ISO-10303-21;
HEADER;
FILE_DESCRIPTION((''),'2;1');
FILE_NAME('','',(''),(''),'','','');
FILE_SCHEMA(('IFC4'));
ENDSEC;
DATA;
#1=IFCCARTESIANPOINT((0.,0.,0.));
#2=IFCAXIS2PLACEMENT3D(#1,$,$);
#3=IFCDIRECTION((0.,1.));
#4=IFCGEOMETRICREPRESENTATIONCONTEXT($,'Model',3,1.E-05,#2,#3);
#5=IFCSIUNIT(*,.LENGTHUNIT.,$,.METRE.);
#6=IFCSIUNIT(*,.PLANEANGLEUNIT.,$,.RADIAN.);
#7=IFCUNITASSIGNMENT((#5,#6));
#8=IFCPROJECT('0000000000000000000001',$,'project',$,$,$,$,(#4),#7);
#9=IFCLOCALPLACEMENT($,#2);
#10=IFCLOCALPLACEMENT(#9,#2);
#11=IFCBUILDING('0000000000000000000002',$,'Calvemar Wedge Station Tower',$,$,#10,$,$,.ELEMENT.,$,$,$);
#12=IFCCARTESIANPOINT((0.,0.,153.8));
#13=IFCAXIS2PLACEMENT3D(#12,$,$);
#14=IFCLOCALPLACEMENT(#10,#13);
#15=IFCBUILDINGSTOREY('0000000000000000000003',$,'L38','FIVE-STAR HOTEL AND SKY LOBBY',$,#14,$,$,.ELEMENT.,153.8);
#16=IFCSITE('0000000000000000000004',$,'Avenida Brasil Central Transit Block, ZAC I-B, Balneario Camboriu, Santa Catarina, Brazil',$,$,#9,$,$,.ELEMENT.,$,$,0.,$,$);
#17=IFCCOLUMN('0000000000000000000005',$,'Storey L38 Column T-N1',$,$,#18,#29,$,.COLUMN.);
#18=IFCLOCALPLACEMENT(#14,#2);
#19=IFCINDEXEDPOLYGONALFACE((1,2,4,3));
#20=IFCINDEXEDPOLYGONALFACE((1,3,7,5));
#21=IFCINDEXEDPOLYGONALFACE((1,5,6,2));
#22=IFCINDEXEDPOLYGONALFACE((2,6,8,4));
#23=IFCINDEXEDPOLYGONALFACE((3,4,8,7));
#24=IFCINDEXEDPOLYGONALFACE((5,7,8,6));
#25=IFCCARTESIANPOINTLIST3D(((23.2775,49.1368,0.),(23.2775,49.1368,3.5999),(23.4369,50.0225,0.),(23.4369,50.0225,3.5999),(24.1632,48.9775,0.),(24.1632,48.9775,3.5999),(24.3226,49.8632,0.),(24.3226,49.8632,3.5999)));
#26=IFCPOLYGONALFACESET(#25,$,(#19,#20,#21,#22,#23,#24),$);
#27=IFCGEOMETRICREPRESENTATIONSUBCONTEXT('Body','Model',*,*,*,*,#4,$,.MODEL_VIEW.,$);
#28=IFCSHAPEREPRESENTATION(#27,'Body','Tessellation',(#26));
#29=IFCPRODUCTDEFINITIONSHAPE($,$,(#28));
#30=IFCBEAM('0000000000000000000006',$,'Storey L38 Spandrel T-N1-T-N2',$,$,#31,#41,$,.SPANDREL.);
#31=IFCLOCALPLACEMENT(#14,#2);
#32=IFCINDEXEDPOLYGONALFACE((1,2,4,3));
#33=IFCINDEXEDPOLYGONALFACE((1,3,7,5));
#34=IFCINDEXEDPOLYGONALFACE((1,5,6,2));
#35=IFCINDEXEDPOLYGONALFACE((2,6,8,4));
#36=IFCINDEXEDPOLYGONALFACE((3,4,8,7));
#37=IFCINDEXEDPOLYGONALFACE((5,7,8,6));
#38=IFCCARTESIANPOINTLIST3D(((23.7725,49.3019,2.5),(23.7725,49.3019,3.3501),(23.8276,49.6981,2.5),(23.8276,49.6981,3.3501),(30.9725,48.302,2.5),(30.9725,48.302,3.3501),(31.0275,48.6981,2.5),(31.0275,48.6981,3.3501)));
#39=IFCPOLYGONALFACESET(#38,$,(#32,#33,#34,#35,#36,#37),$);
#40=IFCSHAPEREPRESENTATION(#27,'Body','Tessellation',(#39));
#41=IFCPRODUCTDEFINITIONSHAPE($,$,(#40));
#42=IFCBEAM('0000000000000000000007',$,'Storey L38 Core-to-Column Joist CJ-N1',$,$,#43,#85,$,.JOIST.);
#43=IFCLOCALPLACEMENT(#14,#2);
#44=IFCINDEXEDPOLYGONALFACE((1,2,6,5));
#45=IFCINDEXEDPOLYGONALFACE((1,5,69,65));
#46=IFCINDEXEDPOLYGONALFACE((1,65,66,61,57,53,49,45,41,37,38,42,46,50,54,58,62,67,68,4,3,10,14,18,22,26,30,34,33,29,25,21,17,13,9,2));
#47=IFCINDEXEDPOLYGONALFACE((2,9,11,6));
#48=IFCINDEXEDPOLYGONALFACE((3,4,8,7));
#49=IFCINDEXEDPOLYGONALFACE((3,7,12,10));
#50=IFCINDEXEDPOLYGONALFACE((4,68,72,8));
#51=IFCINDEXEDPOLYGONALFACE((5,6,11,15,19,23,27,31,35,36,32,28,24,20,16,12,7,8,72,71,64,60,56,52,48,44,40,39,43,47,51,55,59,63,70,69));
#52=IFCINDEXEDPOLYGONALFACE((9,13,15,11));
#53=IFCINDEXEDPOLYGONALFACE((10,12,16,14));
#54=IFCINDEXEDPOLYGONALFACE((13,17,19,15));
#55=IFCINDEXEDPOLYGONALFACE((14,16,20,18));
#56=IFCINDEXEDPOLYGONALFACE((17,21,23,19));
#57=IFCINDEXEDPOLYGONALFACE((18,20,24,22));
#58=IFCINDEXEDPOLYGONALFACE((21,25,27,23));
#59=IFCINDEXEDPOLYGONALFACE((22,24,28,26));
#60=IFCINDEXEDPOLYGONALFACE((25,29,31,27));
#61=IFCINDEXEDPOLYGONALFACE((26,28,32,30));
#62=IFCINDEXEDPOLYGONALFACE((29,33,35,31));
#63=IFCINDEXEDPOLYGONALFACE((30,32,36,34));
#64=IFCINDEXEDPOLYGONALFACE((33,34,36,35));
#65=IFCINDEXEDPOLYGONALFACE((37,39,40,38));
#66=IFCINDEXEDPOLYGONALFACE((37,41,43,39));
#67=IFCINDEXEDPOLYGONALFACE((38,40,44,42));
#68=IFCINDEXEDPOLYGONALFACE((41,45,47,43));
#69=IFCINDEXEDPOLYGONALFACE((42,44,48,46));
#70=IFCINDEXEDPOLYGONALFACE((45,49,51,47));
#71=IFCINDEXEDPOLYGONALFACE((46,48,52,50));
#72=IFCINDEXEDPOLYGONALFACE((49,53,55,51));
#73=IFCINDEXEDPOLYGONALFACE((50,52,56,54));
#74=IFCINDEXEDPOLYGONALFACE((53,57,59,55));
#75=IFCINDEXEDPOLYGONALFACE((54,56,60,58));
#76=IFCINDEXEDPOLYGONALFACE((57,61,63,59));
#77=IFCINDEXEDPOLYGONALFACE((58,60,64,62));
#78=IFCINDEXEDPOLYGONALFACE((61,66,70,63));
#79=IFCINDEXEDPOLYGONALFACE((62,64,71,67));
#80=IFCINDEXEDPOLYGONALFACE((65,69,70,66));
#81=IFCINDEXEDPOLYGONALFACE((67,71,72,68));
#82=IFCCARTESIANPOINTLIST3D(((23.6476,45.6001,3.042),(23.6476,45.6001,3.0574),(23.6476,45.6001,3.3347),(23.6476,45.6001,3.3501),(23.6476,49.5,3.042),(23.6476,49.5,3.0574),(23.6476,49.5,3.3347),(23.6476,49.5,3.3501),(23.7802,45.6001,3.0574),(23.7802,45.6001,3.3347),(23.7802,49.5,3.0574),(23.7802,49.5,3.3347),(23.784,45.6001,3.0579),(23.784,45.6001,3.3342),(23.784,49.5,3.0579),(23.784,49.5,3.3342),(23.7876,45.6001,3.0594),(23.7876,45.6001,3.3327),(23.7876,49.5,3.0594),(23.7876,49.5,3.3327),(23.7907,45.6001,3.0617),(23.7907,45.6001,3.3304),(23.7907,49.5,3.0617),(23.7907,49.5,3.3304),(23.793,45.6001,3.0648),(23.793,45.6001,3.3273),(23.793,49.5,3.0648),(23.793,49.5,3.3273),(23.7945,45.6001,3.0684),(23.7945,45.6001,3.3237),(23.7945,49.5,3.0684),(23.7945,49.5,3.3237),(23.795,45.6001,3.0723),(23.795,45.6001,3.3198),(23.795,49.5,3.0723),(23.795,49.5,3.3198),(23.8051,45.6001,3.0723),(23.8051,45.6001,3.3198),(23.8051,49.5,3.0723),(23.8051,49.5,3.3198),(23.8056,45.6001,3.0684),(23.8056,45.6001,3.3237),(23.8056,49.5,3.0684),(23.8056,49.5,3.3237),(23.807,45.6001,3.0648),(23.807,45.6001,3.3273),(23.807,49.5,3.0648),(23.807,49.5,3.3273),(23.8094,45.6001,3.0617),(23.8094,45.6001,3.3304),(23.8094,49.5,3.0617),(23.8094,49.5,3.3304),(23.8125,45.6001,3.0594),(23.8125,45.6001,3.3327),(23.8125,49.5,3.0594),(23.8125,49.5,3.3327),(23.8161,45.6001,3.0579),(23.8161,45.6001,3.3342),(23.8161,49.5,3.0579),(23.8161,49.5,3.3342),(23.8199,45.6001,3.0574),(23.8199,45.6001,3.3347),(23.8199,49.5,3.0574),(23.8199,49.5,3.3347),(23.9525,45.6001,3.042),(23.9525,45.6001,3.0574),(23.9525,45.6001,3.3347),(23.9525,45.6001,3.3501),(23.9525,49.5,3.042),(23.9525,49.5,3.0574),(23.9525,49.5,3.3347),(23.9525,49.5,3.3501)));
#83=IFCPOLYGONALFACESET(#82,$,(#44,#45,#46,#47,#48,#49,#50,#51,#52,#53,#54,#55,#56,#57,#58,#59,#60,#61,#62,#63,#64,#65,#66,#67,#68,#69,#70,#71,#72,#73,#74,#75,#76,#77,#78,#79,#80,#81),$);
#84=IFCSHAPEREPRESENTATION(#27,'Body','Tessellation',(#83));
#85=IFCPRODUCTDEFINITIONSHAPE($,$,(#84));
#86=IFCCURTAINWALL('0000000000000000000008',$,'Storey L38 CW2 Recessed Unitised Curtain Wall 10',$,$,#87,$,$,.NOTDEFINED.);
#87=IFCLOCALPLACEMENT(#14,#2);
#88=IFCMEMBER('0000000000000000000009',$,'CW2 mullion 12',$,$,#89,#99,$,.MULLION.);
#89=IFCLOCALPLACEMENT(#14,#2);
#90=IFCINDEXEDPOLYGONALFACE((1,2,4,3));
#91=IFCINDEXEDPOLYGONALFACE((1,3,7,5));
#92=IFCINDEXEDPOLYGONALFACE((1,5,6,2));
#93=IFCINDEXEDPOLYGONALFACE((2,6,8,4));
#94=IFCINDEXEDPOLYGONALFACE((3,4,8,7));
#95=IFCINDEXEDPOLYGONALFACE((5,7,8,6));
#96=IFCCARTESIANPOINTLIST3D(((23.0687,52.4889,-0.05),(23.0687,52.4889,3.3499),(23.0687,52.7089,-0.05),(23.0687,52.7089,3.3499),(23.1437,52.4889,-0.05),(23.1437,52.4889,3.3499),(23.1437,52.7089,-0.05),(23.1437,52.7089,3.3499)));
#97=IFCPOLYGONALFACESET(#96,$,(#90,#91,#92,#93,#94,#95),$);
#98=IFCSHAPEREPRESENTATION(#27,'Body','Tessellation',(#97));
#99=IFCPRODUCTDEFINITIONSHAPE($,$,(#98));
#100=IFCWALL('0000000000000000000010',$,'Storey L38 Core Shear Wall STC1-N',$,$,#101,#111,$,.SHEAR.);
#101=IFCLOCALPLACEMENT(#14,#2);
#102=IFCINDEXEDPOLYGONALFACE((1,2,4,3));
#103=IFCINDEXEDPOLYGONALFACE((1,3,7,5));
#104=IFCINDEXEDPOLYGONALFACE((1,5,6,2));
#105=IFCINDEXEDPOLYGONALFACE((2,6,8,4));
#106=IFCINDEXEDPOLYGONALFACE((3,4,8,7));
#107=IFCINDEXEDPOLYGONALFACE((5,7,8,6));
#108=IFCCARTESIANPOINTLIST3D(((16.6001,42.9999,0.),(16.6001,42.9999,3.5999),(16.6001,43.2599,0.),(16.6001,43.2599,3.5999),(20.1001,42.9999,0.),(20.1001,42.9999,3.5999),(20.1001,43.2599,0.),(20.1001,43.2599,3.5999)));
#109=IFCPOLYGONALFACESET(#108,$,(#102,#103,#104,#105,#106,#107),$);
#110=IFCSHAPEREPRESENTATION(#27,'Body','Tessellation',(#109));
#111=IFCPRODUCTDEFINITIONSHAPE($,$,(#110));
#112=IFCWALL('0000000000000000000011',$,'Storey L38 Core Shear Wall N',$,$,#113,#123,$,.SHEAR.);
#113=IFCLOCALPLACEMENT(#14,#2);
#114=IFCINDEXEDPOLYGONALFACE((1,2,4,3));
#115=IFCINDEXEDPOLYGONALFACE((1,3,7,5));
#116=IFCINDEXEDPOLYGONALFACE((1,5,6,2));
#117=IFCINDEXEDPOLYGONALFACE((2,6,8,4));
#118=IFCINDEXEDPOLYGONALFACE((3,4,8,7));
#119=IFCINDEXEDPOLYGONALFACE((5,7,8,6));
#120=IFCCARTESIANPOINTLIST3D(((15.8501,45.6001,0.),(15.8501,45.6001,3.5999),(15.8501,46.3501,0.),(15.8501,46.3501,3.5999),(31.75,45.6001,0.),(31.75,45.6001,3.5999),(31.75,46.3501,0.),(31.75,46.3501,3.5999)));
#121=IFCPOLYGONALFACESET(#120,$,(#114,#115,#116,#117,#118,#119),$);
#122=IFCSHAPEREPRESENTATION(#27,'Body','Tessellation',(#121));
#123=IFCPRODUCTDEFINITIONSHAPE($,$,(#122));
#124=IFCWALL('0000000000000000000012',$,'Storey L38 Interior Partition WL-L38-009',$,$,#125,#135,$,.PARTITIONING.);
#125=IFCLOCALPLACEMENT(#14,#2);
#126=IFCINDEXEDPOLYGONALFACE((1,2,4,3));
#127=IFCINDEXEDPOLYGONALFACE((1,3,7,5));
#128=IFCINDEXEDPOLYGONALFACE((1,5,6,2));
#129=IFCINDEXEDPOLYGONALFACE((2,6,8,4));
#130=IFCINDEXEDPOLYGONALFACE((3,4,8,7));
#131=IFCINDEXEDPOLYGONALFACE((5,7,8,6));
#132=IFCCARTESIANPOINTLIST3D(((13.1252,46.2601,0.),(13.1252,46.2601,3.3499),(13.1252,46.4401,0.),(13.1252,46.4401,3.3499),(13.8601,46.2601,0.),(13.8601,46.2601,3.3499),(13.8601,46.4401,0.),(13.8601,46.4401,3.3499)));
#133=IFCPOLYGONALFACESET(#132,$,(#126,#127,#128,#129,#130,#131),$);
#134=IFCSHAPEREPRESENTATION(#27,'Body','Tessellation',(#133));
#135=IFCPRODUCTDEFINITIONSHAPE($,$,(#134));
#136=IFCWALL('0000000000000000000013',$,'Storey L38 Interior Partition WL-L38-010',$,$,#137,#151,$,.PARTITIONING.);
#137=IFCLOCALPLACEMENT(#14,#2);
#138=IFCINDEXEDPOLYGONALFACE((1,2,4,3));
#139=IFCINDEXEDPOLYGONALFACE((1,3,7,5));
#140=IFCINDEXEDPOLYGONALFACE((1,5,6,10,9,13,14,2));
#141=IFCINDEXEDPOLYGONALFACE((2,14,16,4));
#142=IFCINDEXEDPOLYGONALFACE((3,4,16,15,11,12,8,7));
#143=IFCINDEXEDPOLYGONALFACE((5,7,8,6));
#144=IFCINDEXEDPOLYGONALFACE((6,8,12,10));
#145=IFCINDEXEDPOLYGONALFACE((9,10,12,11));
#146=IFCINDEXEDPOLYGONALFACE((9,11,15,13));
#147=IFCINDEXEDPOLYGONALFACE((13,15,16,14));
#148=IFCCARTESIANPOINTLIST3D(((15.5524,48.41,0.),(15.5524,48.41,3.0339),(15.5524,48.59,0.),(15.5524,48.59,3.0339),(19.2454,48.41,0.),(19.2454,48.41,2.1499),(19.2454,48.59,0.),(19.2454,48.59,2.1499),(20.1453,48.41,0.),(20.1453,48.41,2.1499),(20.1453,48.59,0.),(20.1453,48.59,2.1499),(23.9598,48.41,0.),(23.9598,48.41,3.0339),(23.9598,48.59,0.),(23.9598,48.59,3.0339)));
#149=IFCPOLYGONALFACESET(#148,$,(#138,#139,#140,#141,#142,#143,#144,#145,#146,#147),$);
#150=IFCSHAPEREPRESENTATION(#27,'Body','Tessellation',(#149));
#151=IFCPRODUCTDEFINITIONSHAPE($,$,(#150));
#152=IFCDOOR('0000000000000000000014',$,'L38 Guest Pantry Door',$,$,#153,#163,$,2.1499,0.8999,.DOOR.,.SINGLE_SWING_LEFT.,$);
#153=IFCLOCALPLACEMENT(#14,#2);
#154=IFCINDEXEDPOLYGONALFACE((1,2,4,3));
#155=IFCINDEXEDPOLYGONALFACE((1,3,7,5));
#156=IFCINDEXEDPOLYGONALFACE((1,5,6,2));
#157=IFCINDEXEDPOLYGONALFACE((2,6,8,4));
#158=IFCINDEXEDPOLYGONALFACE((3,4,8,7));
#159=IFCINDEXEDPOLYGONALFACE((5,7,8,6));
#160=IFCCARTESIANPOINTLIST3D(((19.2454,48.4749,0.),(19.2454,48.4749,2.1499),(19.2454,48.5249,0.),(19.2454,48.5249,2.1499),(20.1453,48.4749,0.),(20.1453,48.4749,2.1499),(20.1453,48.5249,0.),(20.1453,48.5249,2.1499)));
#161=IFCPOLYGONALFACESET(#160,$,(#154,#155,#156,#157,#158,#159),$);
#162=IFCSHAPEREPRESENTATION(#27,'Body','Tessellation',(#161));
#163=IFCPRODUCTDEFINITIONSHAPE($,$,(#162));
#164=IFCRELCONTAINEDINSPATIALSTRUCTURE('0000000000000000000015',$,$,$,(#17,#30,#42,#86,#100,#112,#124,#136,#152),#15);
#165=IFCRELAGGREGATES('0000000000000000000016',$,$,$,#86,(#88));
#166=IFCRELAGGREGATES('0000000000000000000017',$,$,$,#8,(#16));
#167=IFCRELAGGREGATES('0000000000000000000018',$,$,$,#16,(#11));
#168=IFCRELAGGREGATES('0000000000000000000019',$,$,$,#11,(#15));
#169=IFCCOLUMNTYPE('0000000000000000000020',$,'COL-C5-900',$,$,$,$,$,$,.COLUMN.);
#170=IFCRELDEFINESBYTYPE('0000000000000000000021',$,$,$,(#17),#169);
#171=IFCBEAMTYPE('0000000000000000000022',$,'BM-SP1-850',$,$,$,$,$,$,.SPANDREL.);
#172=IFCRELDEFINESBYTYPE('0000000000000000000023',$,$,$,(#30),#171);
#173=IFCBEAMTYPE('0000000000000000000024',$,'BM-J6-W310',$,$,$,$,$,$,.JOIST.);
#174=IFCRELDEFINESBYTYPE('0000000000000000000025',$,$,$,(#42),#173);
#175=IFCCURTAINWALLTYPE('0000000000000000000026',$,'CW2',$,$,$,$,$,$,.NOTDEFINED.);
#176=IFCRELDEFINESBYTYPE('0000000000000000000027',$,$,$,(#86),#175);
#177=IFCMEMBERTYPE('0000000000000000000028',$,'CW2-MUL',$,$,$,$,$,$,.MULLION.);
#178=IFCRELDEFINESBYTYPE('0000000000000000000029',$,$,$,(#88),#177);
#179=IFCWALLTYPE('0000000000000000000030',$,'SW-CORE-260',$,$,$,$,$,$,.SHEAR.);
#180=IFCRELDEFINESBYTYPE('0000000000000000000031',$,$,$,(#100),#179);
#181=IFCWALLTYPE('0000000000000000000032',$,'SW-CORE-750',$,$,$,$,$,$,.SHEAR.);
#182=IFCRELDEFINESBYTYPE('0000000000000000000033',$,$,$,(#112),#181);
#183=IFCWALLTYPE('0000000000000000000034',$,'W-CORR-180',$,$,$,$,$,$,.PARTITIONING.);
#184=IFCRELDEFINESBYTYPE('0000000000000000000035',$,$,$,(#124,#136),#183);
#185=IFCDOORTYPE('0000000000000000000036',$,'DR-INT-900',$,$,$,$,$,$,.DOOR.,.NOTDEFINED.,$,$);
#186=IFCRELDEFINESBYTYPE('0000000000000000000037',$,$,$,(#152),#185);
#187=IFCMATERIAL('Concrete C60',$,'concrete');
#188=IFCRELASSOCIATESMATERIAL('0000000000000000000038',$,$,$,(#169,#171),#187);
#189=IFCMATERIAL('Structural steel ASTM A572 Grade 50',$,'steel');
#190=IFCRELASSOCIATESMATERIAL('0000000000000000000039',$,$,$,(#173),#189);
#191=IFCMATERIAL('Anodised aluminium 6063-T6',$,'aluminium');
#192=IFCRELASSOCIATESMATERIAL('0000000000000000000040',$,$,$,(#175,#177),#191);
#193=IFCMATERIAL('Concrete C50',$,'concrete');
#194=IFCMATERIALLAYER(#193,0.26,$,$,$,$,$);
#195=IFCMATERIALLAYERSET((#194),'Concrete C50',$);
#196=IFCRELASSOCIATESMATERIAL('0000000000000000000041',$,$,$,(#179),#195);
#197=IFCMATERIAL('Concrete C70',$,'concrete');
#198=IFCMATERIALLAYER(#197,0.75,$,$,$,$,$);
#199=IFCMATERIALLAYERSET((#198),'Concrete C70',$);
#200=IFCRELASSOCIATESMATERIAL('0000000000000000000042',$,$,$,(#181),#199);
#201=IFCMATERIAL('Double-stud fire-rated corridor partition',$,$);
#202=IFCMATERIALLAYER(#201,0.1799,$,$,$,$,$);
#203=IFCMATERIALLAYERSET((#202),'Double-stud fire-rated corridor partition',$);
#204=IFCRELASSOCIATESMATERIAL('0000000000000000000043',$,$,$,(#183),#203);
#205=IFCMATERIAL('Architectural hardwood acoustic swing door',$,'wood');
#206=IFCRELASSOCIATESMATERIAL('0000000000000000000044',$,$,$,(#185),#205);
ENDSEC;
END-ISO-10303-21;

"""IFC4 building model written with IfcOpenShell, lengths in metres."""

from ifc_helpers import new_model, si_unit, direction, frame, frame_2d, origin, origin_2d, place, context, subcontext, project, spatial, rectangle, i_section, extrude, source, transform, mapped, material, layer, layer_set, material_profile, profile_set, type_object, element, fill, aggregate, save


model = new_model("IFC4")

# Units and contexts
model_context = context("Model", 3, precision=1e-05, world=origin(), true_north=direction((0.0, 1.0)))
body_context = subcontext(model_context, "Body", "Model", "MODEL_VIEW")
ifc_project = project(units=[si_unit("LENGTHUNIT", "METRE"), si_unit("PLANEANGLEUNIT", "RADIAN")], contexts=[model_context])

# Site, building, storey
site_placement = place(None, origin())
site = spatial("IfcSite", under=ifc_project, at=site_placement, Name="Avenida Brasil Central Transit Block, ZAC I-B, Balneario Camboriu, Santa Catarina, Brazil", CompositionType="ELEMENT", RefElevation=0.0)
building_placement = place(site_placement, origin())
building = spatial("IfcBuilding", under=site, at=building_placement, Name="Calvemar Wedge Station Tower", CompositionType="ELEMENT")
storey_placement = place(building_placement, frame((0.0, 0.0, 153.8)))
storey = spatial("IfcBuildingStorey", under=building, at=storey_placement, Name="L38", Description="FIVE-STAR HOTEL AND SKY LOBBY", CompositionType="ELEMENT", Elevation=153.8)

# Column
ifc_material_1 = material(Name="Concrete C60", Category="concrete")
ifc_material_profile_1 = material_profile(ifc_material_1, rectangle(XDim=0.8999, YDim=0.8999, at=origin_2d()), Name="RC900x900")
ifc_profile_set_1 = profile_set([ifc_material_profile_1], Name="Concrete C60")
column_type = type_object("IfcColumnType", Name="COL-C5-900", PredefinedType="COLUMN", material=ifc_profile_set_1)
shared_shape_1 = source(origin(), body_context, "Body", "SweptSolid", [
    extrude(rectangle(XDim=0.8999, YDim=0.8999, at=origin_2d()), origin(), (0.0, 0.0, 1.0), 3.5999),
])
column_placement = place(storey_placement, frame((23.8, 49.5, 0.0), z_axis=(0.0, 0.0, 1.0), x_axis=(0.984196, -0.177085, 0.0)))
element("IfcColumn", 1, at=column_placement, inside=storey, type_object=column_type, Name="Storey L38 Column T-N1", PredefinedType="COLUMN", context=body_context, shape_type="MappedRepresentation", body=[
    mapped(shared_shape_1, transform((0.0, 0.0, 0.0), scale=1.0)),
])

# Beams
ifc_material_profile_2 = material_profile(ifc_material_1, rectangle(XDim=0.3999, YDim=0.8501, at=origin_2d()), Name="RC400x850")
ifc_profile_set_2 = profile_set([ifc_material_profile_2], Name="Concrete C60")
beam_type_1 = type_object("IfcBeamType", Name="BM-SP1-850", PredefinedType="SPANDREL", material=ifc_profile_set_2)
shared_shape_2 = source(origin(), body_context, "Body", "SweptSolid", [
    extrude(rectangle(XDim=0.3999, YDim=0.8501, at=origin_2d()), origin(), (0.0, 0.0, 1.0), 7.269),
])
beam_1_placement = place(storey_placement, frame((23.8, 49.5, 2.925), z_axis=(0.990492, -0.137569, 0.0), x_axis=(0.137569, 0.990492, 0.0)))
element("IfcBeam", 2, at=beam_1_placement, inside=storey, type_object=beam_type_1, Name="Storey L38 Spandrel T-N1-T-N2", PredefinedType="SPANDREL", context=body_context, shape_type="MappedRepresentation", body=[
    mapped(shared_shape_2, transform((0.0, 0.0, 0.0), scale=1.0)),
])
ifc_material_2 = material(Name="Structural steel ASTM A572 Grade 50", Category="steel")
ifc_material_profile_3 = material_profile(ifc_material_2, i_section(OverallWidth=0.3049, OverallDepth=0.3081, WebThickness=0.01, FlangeThickness=0.0154, FilletRadius=0.0149, at=origin_2d()), Name="W310x97")
ifc_profile_set_3 = profile_set([ifc_material_profile_3], Name="Structural steel ASTM A572 Grade 50")
beam_type_2 = type_object("IfcBeamType", Name="BM-J6-W310", PredefinedType="JOIST", material=ifc_profile_set_3)
shared_shape_3 = source(origin(), body_context, "Body", "SweptSolid", [
    extrude(i_section(OverallWidth=0.3049, OverallDepth=0.3081, WebThickness=0.01, FlangeThickness=0.0154, FilletRadius=0.0149, at=origin_2d()), origin(), (0.0, 0.0, 1.0), 3.8999),
])
beam_2_placement = place(storey_placement, frame((23.8, 45.6001, 3.196), z_axis=(0.0, 1.0, 0.0), x_axis=(-1.0, 0.0, 0.0)))
element("IfcBeam", 3, at=beam_2_placement, inside=storey, type_object=beam_type_2, Name="Storey L38 Core-to-Column Joist CJ-N1", PredefinedType="JOIST", context=body_context, shape_type="MappedRepresentation", body=[
    mapped(shared_shape_3, transform((0.0, 0.0, 0.0), scale=1.0)),
])

# Curtain wall, member
ifc_material_3 = material(Name="Anodised aluminium 6063-T6", Category="aluminium")
curtain_wall_type = type_object("IfcCurtainWallType", Name="CW2", PredefinedType="NOTDEFINED", material=ifc_material_3)
curtain_wall_placement = place(storey_placement, origin())
curtain_wall = element("IfcCurtainWall", 4, at=curtain_wall_placement, inside=storey, type_object=curtain_wall_type, Name="Storey L38 CW2 Recessed Unitised Curtain Wall 10", PredefinedType="NOTDEFINED")
ifc_material_profile_4 = material_profile(ifc_material_3, rectangle(XDim=0.075, YDim=0.22, at=origin_2d()), Name="AL-MUL-75x220")
ifc_profile_set_4 = profile_set([ifc_material_profile_4], Name="Anodised aluminium 6063-T6")
member_type = type_object("IfcMemberType", Name="CW2-MUL", PredefinedType="MULLION", material=ifc_profile_set_4)
shared_shape_4 = source(origin(), body_context, "Body", "SweptSolid", [
    extrude(rectangle(XDim=0.075, YDim=0.22, at=origin_2d()), origin(), (0.0, 0.0, 1.0), 3.3999),
])
member_placement = place(storey_placement, frame((23.1062, 52.5989, -0.05), z_axis=(0.0, 0.0, 1.0), x_axis=(1.0, 0.0, 0.0)))
member = element("IfcMember", 5, at=member_placement, type_object=member_type, Name="CW2 mullion 12", PredefinedType="MULLION", context=body_context, shape_type="MappedRepresentation", body=[
    mapped(shared_shape_4, transform((0.0, 0.0, 0.0), scale=1.0)),
])
aggregate(curtain_wall, [member])

# Walls
ifc_material_4 = material(Name="Concrete C50", Category="concrete")
ifc_layer_1 = layer(ifc_material_4, 0.26)
ifc_layer_set_1 = layer_set([ifc_layer_1], Name="Concrete C50")
wall_type_1 = type_object("IfcWallType", Name="SW-CORE-260", PredefinedType="SHEAR", material=ifc_layer_set_1)
wall_1_placement = place(storey_placement, frame((16.6001, 43.1299, 0.0), z_axis=(0.0, 0.0, 1.0), x_axis=(1.0, 0.0, 0.0)))
element("IfcWall", 6, at=wall_1_placement, inside=storey, type_object=wall_type_1, Name="Storey L38 Core Shear Wall STC1-N", PredefinedType="SHEAR", context=body_context, shape_type="SweptSolid", body=[
    extrude(rectangle(XDim=3.5, YDim=0.26, at=frame_2d((1.75, 0.0))), origin(), (0.0, 0.0, 1.0), 3.5999),
])
ifc_material_5 = material(Name="Concrete C70", Category="concrete")
ifc_layer_2 = layer(ifc_material_5, 0.75)
ifc_layer_set_2 = layer_set([ifc_layer_2], Name="Concrete C70")
wall_type_2 = type_object("IfcWallType", Name="SW-CORE-750", PredefinedType="SHEAR", material=ifc_layer_set_2)
wall_2_placement = place(storey_placement, frame((15.8501, 45.9751, 0.0), z_axis=(0.0, 0.0, 1.0), x_axis=(1.0, 0.0, 0.0)))
element("IfcWall", 7, at=wall_2_placement, inside=storey, type_object=wall_type_2, Name="Storey L38 Core Shear Wall N", PredefinedType="SHEAR", context=body_context, shape_type="SweptSolid", body=[
    extrude(rectangle(XDim=15.8999, YDim=0.75, at=frame_2d((7.95, 0.0))), origin(), (0.0, 0.0, 1.0), 3.5999),
])
ifc_material_6 = material(Name="Double-stud fire-rated corridor partition")
ifc_layer_3 = layer(ifc_material_6, 0.1799)
ifc_layer_set_3 = layer_set([ifc_layer_3], Name="Double-stud fire-rated corridor partition")
wall_type_3 = type_object("IfcWallType", Name="W-CORR-180", PredefinedType="PARTITIONING", material=ifc_layer_set_3)
wall_3_placement = place(storey_placement, frame((13.8601, 46.3501, 0.0), z_axis=(0.0, 0.0, 1.0), x_axis=(-1.0, 0.0, 0.0)))
element("IfcWall", 8, at=wall_3_placement, inside=storey, type_object=wall_type_3, Name="Storey L38 Interior Partition WL-L38-009", PredefinedType="PARTITIONING", context=body_context, shape_type="SweptSolid", body=[
    extrude(rectangle(XDim=0.7349, YDim=0.1799, at=frame_2d((0.3674, 0.0))), origin(), (0.0, 0.0, 1.0), 3.3499),
])

# Wall, opening, door
wall_4_placement = place(storey_placement, frame((15.5525, 48.5, 0.0), z_axis=(0.0, 0.0, 1.0), x_axis=(1.0, 0.0, 0.0)))
wall_4 = element("IfcWall", 9, at=wall_4_placement, inside=storey, type_object=wall_type_3, Name="Storey L38 Interior Partition WL-L38-010", PredefinedType="PARTITIONING", context=body_context, shape_type="SweptSolid", body=[
    extrude(rectangle(XDim=8.4075, YDim=0.1799, at=frame_2d((4.2036, 0.0))), origin(), (0.0, 0.0, 1.0), 3.0339),
])
shared_shape_5 = source(origin(), body_context, "Body", "SweptSolid", [
    extrude(rectangle(XDim=0.8999, YDim=2.1499, at=frame_2d((0.45, 1.075))), frame((0.0, 0.1001, 0.0), z_axis=(0.0, -1.0, 0.0), x_axis=(1.0, 0.0, 0.0)), (0.0, 0.0, 1.0), 0.2),
])
opening_1_placement = place(wall_4_placement, frame((3.6929, 0.0, 0.0)))
opening_1 = element("IfcOpeningElement", 10, at=opening_1_placement, cuts=wall_4, PredefinedType="OPENING", context=body_context, shape_type="MappedRepresentation", body=[
    mapped(shared_shape_5, transform((0.0, 0.0, 0.0), scale=1.0)),
])
ifc_material_7 = material(Name="Architectural hardwood acoustic swing door", Category="wood")
door_type_1 = type_object("IfcDoorType", Name="DR-INT-900", OperationType="NOTDEFINED", PredefinedType="DOOR", material=ifc_material_7)
shared_shape_6 = source(origin(), body_context, "Body", "SweptSolid", [
    extrude(rectangle(XDim=0.8999, YDim=2.1499, at=frame_2d((0.45, 1.075))), frame((0.0, 0.0249, 0.0), z_axis=(0.0, -1.0, 0.0), x_axis=(1.0, 0.0, 0.0)), (0.0, 0.0, 1.0), 0.05),
])
door_1_placement = place(opening_1_placement, origin())
door_1 = element("IfcDoor", 11, at=door_1_placement, inside=storey, type_object=door_type_1, Name="L38 Guest Pantry Door", OperationType="SINGLE_SWING_LEFT", OverallHeight=2.1499, OverallWidth=0.8999, PredefinedType="DOOR", context=body_context, shape_type="MappedRepresentation", body=[
    mapped(shared_shape_6, transform((0.0, 0.0, 0.0), scale=1.0)),
])
fill(opening_1, door_1)

save(model, "model.ifc")
